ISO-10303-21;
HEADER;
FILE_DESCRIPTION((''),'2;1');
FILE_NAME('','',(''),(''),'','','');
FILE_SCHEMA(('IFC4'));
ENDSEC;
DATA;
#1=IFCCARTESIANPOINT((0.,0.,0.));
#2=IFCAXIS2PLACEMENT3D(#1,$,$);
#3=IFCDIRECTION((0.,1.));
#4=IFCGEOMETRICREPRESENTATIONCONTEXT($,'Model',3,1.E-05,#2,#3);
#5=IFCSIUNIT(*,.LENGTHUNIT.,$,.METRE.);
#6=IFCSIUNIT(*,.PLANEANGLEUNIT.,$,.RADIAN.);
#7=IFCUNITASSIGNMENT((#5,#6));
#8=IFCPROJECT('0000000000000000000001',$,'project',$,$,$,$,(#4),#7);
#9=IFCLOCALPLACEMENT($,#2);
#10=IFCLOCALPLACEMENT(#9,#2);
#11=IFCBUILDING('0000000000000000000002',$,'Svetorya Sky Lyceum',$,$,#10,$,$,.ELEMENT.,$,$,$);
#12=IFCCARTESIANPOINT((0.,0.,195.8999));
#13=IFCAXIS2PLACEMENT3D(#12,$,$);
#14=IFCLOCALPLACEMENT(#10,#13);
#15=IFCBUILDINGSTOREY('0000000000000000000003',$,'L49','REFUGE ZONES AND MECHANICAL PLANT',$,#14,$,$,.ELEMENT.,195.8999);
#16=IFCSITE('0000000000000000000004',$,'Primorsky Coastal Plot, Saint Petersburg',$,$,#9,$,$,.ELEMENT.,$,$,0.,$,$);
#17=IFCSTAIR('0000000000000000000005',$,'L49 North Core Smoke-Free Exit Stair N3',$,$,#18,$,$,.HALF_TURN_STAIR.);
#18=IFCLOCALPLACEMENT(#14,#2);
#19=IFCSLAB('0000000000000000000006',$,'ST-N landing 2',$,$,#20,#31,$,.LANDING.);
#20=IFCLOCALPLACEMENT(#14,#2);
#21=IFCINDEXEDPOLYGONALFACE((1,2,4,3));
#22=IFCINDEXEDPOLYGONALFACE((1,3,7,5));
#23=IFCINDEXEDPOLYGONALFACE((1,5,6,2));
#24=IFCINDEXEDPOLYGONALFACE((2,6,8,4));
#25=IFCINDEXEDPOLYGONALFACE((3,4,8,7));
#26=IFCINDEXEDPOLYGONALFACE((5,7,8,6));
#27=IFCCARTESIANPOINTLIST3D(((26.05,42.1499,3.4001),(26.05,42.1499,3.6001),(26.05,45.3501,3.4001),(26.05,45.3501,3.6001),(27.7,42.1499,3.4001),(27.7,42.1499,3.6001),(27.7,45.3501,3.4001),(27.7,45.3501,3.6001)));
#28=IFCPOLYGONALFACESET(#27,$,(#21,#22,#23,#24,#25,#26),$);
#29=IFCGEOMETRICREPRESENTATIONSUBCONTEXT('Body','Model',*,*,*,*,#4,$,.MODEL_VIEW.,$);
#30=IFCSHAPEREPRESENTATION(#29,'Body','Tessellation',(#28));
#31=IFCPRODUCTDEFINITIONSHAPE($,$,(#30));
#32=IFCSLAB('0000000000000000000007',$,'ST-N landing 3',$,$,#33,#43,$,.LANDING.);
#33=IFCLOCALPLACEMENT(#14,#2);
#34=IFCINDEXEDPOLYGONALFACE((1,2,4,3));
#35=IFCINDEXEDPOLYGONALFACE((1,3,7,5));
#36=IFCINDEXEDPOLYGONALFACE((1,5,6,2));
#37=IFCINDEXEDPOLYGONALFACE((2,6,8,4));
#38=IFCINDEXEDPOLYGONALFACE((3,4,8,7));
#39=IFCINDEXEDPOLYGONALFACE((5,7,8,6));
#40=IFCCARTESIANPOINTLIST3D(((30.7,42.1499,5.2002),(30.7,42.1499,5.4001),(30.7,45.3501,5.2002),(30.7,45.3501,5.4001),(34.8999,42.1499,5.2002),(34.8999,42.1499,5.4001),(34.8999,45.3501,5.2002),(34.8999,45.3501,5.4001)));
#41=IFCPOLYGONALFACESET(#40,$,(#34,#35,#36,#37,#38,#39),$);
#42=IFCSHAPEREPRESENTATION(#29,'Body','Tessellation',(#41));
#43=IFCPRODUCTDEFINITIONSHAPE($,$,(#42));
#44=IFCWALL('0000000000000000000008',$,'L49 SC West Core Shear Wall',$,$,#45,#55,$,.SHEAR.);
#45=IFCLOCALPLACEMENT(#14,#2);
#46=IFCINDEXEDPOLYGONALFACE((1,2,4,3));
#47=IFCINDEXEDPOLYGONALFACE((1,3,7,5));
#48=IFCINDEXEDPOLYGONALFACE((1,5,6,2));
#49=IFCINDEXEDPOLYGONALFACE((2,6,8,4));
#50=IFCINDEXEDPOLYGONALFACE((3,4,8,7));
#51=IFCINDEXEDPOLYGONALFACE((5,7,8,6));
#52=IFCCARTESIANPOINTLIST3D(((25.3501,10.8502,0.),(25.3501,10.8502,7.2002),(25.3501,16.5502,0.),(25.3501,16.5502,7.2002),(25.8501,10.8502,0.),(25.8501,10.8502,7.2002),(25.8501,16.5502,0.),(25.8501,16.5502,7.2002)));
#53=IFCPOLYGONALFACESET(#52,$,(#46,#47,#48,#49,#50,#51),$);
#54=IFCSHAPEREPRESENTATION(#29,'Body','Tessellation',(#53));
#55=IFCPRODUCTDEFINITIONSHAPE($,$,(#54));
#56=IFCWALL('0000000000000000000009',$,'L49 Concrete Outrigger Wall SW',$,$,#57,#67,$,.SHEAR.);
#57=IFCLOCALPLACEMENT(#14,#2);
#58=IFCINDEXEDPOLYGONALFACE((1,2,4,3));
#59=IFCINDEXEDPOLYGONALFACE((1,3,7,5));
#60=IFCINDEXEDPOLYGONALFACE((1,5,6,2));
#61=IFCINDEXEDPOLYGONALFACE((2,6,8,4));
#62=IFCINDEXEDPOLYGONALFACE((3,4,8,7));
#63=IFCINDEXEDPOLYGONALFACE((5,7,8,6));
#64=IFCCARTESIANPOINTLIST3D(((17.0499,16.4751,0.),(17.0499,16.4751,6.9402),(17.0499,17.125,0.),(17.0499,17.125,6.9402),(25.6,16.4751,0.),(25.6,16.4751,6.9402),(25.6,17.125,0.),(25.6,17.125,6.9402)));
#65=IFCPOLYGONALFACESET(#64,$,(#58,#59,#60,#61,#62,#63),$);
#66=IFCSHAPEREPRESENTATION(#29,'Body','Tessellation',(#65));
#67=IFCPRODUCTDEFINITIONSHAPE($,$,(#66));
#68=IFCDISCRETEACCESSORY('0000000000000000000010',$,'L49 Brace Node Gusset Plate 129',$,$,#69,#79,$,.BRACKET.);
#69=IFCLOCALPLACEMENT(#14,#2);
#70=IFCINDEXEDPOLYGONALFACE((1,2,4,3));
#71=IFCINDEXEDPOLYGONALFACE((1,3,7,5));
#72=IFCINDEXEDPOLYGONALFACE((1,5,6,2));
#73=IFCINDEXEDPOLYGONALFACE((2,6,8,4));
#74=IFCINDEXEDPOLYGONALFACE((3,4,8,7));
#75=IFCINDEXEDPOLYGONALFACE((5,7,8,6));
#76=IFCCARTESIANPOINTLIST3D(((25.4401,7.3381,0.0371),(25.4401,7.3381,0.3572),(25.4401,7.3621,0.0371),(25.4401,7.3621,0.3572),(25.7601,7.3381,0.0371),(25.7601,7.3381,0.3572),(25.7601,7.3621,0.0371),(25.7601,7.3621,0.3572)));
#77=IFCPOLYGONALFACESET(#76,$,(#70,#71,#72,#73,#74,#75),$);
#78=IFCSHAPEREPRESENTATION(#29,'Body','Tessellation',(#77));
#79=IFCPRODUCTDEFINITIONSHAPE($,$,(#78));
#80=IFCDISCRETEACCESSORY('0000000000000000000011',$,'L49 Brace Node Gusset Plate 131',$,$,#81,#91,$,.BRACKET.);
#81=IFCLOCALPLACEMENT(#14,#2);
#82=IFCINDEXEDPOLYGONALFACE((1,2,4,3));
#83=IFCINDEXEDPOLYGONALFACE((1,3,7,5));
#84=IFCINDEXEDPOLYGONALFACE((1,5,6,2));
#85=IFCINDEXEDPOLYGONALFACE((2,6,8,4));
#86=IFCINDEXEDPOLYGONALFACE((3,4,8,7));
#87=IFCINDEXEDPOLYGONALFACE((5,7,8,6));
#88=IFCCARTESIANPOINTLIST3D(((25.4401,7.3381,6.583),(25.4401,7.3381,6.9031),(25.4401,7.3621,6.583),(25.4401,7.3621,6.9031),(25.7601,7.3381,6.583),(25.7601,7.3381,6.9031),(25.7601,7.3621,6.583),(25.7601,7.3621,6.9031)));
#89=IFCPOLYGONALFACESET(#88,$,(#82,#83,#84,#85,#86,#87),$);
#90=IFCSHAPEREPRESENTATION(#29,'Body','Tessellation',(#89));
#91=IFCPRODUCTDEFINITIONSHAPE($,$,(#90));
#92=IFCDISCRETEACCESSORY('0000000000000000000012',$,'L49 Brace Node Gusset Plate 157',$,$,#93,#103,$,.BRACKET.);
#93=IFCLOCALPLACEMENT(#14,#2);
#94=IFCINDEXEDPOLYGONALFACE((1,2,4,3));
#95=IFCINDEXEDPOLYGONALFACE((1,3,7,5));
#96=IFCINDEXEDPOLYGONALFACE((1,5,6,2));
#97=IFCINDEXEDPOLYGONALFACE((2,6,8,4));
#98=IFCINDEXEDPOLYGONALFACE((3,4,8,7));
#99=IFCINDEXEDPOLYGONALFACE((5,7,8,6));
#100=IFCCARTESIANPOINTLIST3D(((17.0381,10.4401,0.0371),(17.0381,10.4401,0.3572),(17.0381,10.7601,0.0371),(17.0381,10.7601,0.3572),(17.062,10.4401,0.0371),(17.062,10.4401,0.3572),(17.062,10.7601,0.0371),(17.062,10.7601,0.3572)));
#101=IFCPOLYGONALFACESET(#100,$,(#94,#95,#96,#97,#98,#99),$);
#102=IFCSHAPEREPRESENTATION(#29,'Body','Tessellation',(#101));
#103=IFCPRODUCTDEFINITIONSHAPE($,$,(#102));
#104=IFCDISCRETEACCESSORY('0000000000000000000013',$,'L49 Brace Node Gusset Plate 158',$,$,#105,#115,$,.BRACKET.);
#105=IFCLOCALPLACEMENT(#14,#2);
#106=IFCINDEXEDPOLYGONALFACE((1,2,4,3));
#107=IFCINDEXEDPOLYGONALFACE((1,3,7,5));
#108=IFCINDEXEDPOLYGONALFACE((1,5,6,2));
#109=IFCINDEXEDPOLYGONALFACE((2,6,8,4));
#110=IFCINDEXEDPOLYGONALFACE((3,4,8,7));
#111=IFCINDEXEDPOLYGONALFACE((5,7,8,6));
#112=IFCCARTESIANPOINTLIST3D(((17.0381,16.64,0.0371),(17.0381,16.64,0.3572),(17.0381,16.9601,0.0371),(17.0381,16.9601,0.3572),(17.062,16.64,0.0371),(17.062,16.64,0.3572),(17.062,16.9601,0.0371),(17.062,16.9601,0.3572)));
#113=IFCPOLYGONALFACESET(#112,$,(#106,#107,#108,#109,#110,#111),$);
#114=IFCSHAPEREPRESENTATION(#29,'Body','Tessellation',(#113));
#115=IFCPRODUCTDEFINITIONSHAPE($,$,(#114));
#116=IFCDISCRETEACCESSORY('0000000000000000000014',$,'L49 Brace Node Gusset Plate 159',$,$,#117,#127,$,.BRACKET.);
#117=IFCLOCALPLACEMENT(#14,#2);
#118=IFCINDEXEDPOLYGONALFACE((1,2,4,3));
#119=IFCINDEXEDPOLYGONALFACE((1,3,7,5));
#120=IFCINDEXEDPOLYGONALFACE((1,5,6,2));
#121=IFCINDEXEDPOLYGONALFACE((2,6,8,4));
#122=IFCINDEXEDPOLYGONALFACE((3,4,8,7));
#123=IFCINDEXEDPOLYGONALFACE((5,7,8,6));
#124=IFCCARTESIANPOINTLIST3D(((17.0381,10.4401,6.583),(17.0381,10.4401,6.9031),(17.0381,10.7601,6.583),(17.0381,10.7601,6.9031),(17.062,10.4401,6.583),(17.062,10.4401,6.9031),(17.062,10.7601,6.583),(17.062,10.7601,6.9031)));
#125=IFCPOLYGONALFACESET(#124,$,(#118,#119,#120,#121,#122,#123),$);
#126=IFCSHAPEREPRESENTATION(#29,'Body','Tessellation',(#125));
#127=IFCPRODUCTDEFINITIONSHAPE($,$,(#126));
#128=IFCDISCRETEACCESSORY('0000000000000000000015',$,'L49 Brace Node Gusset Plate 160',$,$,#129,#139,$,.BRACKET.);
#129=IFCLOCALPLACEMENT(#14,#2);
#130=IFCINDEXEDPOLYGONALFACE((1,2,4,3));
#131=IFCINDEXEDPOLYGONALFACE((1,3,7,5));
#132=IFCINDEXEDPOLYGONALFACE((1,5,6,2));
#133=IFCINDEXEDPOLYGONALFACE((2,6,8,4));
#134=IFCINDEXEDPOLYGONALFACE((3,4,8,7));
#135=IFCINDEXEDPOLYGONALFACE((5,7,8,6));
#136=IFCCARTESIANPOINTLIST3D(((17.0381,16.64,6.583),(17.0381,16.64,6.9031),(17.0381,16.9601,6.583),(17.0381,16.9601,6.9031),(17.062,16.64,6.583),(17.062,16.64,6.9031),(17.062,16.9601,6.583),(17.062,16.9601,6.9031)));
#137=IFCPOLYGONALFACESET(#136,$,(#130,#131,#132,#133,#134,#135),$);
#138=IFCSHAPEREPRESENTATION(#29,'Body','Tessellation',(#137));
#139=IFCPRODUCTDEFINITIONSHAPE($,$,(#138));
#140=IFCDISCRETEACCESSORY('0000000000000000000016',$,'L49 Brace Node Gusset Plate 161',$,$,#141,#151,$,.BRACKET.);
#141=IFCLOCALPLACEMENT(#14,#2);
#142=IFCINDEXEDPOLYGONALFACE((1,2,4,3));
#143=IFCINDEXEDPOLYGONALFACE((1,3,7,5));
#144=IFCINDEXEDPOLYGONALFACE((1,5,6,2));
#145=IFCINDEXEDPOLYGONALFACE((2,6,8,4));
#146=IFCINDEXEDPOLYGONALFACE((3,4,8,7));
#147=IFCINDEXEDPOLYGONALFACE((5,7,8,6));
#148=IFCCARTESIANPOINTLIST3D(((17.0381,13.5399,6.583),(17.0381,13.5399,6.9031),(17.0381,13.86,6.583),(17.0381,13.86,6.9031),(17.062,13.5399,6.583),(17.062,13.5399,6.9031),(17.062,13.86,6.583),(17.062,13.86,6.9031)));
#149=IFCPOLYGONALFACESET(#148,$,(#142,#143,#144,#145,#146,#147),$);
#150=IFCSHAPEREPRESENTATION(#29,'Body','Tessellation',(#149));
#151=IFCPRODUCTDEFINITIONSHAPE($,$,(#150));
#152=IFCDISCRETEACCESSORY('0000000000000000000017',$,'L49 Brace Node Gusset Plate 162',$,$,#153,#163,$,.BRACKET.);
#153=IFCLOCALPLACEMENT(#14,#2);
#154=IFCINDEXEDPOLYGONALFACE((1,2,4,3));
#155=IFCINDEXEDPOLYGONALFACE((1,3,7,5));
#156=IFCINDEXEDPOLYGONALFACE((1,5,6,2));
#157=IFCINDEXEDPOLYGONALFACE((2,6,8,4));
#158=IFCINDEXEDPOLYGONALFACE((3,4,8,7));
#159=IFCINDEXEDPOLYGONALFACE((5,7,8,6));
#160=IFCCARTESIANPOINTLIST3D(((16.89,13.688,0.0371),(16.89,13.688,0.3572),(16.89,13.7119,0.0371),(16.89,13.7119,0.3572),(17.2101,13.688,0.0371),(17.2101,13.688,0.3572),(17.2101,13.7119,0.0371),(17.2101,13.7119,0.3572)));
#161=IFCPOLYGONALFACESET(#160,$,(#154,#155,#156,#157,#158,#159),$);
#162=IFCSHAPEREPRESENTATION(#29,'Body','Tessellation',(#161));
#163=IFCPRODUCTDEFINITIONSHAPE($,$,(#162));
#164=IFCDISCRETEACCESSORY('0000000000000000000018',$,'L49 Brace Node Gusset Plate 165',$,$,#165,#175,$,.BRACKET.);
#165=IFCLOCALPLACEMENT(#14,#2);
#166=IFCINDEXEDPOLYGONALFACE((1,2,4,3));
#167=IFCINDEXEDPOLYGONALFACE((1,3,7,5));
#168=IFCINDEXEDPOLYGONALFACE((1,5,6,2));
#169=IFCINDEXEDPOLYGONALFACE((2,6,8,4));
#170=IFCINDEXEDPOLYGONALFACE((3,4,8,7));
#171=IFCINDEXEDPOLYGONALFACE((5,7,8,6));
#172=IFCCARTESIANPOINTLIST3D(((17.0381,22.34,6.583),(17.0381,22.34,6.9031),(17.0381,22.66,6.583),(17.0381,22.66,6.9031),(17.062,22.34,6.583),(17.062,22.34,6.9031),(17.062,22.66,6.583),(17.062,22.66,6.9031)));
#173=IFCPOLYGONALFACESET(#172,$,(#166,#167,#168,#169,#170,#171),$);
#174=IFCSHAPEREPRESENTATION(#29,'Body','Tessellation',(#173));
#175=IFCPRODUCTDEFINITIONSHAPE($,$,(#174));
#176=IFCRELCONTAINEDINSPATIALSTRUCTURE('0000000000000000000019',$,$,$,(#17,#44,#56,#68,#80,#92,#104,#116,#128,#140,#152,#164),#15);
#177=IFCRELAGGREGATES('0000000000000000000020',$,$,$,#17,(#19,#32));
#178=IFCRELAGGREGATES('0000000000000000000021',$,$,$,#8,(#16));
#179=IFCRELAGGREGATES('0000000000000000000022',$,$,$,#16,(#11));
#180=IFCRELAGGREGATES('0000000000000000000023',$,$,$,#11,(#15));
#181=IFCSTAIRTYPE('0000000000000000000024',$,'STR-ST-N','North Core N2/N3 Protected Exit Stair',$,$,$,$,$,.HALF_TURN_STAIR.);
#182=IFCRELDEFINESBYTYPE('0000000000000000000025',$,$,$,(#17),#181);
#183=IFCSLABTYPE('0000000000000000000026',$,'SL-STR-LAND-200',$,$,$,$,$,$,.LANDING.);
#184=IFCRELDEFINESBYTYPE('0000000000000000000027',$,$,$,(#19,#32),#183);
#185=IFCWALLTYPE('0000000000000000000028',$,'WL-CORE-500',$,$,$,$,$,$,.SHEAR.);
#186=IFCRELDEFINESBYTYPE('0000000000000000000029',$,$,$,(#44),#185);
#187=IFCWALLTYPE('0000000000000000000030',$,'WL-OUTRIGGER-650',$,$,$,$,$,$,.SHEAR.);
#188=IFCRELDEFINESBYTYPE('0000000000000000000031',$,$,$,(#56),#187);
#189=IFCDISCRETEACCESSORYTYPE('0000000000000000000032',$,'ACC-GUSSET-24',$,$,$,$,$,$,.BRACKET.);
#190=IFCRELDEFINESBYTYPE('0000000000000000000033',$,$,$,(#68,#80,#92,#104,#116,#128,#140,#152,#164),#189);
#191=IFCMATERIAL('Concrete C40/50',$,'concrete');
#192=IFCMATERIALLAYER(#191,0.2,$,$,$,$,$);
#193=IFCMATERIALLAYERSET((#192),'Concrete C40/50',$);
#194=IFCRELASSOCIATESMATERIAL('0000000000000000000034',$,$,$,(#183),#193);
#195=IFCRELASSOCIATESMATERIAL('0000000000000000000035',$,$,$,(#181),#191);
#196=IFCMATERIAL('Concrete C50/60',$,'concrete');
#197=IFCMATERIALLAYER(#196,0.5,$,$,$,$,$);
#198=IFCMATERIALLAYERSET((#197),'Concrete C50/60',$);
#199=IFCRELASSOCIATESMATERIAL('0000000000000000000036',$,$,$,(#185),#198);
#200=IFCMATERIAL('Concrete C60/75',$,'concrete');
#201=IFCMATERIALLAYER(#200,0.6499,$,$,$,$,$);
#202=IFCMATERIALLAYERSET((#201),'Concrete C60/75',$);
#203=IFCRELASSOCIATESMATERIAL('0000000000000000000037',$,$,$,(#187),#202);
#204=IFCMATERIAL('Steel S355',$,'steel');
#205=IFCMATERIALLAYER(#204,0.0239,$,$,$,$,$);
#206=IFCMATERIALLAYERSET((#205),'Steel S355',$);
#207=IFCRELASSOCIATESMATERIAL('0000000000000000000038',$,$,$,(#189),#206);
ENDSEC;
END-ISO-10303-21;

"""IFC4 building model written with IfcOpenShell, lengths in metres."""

from ifc_helpers import new_model, si_unit, direction, frame, frame_2d, origin, origin_2d, place, context, subcontext, project, spatial, polyline, rectangle, outline, extrude, material, layer, layer_set, type_object, element, aggregate, save


model = new_model("IFC4")

# Units and contexts
model_context = context("Model", 3, precision=1e-05, world=origin(), true_north=direction((0.0, 1.0)))
body_context = subcontext(model_context, "Body", "Model", "MODEL_VIEW")
ifc_project = project(units=[si_unit("LENGTHUNIT", "METRE"), si_unit("PLANEANGLEUNIT", "RADIAN")], contexts=[model_context])

# Site, building, storey
site_placement = place(None, origin())
site = spatial("IfcSite", under=ifc_project, at=site_placement, Name="Primorsky Coastal Plot, Saint Petersburg", CompositionType="ELEMENT", RefElevation=0.0)
building_placement = place(site_placement, origin())
building = spatial("IfcBuilding", under=site, at=building_placement, Name="Svetorya Sky Lyceum", CompositionType="ELEMENT")
storey_placement = place(building_placement, frame((0.0, 0.0, 195.8999)))
storey = spatial("IfcBuildingStorey", under=building, at=storey_placement, Name="L49", Description="REFUGE ZONES AND MECHANICAL PLANT", CompositionType="ELEMENT", Elevation=195.8999)

# Shared definitions
ifc_material_1 = material(Name="Concrete C50/60", Category="concrete")

# Shared definitions
ifc_material_2 = material(Name="Steel S355", Category="steel")

# Stair, slabs
ifc_material_3 = material(Name="Concrete C40/50", Category="concrete")
ifc_layer_1 = layer(ifc_material_3, 0.2)
ifc_layer_set_1 = layer_set([ifc_layer_1], Name="Concrete C40/50")
slab_type_1 = type_object("IfcSlabType", Name="SL-STR-LAND-200", PredefinedType="LANDING", material=ifc_layer_set_1)
stair_type_1 = type_object("IfcStairType", Name="STR-ST-N", Description="North Core N2/N3 Protected Exit Stair", PredefinedType="HALF_TURN_STAIR", material=ifc_material_3)
stair_1_placement = place(storey_placement, origin())
stair_1 = element("IfcStair", 1, at=stair_1_placement, inside=storey, type_object=stair_type_1, Name="L49 North Core Smoke-Free Exit Stair N3", PredefinedType="HALF_TURN_STAIR")
slab_1_placement = place(storey_placement, frame((0.0, 0.0, 3.4001)))
slab_1 = element("IfcSlab", 2, at=slab_1_placement, type_object=slab_type_1, Name="ST-N landing 2", PredefinedType="LANDING", context=body_context, shape_type="SweptSolid", body=[
    extrude(outline(polyline([(26.05, 42.1499), (27.7, 42.1499), (27.7, 45.3501), (26.05, 45.3501), (26.05, 42.1499)])), origin(), (0.0, 0.0, 1.0), 0.2),
])
slab_2_placement = place(storey_placement, frame((0.0, 0.0, 5.2002)))
slab_2 = element("IfcSlab", 3, at=slab_2_placement, type_object=slab_type_1, Name="ST-N landing 3", PredefinedType="LANDING", context=body_context, shape_type="SweptSolid", body=[
    extrude(outline(polyline([(30.7, 42.1499), (34.8999, 42.1499), (34.8999, 45.3501), (30.7, 45.3501), (30.7, 42.1499)])), origin(), (0.0, 0.0, 1.0), 0.2),
])
aggregate(stair_1, [slab_1, slab_2])

# Walls
ifc_layer_2 = layer(ifc_material_1, 0.5)
ifc_layer_set_2 = layer_set([ifc_layer_2], Name="Concrete C50/60")
wall_type_1 = type_object("IfcWallType", Name="WL-CORE-500", PredefinedType="SHEAR", material=ifc_layer_set_2)
wall_1_placement = place(storey_placement, frame((25.6001, 10.8501, 0.0), z_axis=(0.0, 0.0, 1.0), x_axis=(0.0, 1.0, 0.0)))
element("IfcWall", 4, at=wall_1_placement, inside=storey, type_object=wall_type_1, Name="L49 SC West Core Shear Wall", PredefinedType="SHEAR", context=body_context, shape_type="SweptSolid", body=[
    extrude(rectangle(XDim=5.7, YDim=0.5, at=frame_2d((2.8501, 0.0))), origin(), (0.0, 0.0, 1.0), 7.2002),
])
ifc_material_4 = material(Name="Concrete C60/75", Category="concrete")
ifc_layer_3 = layer(ifc_material_4, 0.6499)
ifc_layer_set_3 = layer_set([ifc_layer_3], Name="Concrete C60/75")
wall_type_2 = type_object("IfcWallType", Name="WL-OUTRIGGER-650", PredefinedType="SHEAR", material=ifc_layer_set_3)
wall_2_placement = place(storey_placement, frame((17.05, 16.8, 0.0), z_axis=(0.0, 0.0, 1.0), x_axis=(1.0, 0.0, 0.0)))
element("IfcWall", 5, at=wall_2_placement, inside=storey, type_object=wall_type_2, Name="L49 Concrete Outrigger Wall SW", PredefinedType="SHEAR", context=body_context, shape_type="SweptSolid", body=[
    extrude(rectangle(XDim=8.55, YDim=0.6499, at=frame_2d((4.2749, 0.0))), origin(), (0.0, 0.0, 1.0), 6.9402),
])

# Discrete accessories
ifc_layer_4 = layer(ifc_material_2, 0.0239)
ifc_layer_set_4 = layer_set([ifc_layer_4], Name="Steel S355")
discrete_accessory_type = type_object("IfcDiscreteAccessoryType", Name="ACC-GUSSET-24", PredefinedType="BRACKET", material=ifc_layer_set_4)
for number, where, z_axis, x_axis, name in (
    (6, (25.6001, 7.3501, 0.0371), (0.0, 0.0, 1.0), (1.0, 0.0, 0.0), "L49 Brace Node Gusset Plate 129"),
    (7, (25.6001, 7.3501, 6.583), (0.0, 0.0, 1.0), (1.0, 0.0, 0.0), "L49 Brace Node Gusset Plate 131"),
):
    element("IfcDiscreteAccessory", number, at=place(storey_placement, frame(where, z_axis=z_axis, x_axis=x_axis)), inside=storey, type_object=discrete_accessory_type, Name=name, PredefinedType="BRACKET", context=body_context, shape_type="SweptSolid", body=[
        extrude(rectangle(XDim=0.3201, YDim=0.0239, at=origin_2d()), origin(), (0.0, 0.0, 1.0), 0.3201),
    ])
for number, where, z_axis, x_axis, name in (
    (8, (17.05, 10.6001, 0.0371), (0.0, 0.0, 1.0), (1.0, 0.0, 0.0), "L49 Brace Node Gusset Plate 157"),
    (9, (17.05, 16.8, 0.0371), (0.0, 0.0, 1.0), (1.0, 0.0, 0.0), "L49 Brace Node Gusset Plate 158"),
    (10, (17.05, 10.6001, 6.583), (0.0, 0.0, 1.0), (1.0, 0.0, 0.0), "L49 Brace Node Gusset Plate 159"),
    (11, (17.05, 16.8, 6.583), (0.0, 0.0, 1.0), (1.0, 0.0, 0.0), "L49 Brace Node Gusset Plate 160"),
    (12, (17.05, 13.7, 6.583), (0.0, 0.0, 1.0), (1.0, 0.0, 0.0), "L49 Brace Node Gusset Plate 161"),
):
    element("IfcDiscreteAccessory", number, at=place(storey_placement, frame(where, z_axis=z_axis, x_axis=x_axis)), inside=storey, type_object=discrete_accessory_type, Name=name, PredefinedType="BRACKET", context=body_context, shape_type="SweptSolid", body=[
        extrude(rectangle(XDim=0.0239, YDim=0.3201, at=origin_2d()), origin(), (0.0, 0.0, 1.0), 0.3201),
    ])
discrete_accessory_1_placement = place(storey_placement, frame((17.05, 13.7, 0.0371), z_axis=(0.0, 0.0, 1.0), x_axis=(1.0, 0.0, 0.0)))
element("IfcDiscreteAccessory", 13, at=discrete_accessory_1_placement, inside=storey, type_object=discrete_accessory_type, Name="L49 Brace Node Gusset Plate 162", PredefinedType="BRACKET", context=body_context, shape_type="SweptSolid", body=[
    extrude(rectangle(XDim=0.3201, YDim=0.0239, at=origin_2d()), origin(), (0.0, 0.0, 1.0), 0.3201),
])
discrete_accessory_2_placement = place(storey_placement, frame((17.05, 22.5, 6.583), z_axis=(0.0, 0.0, 1.0), x_axis=(1.0, 0.0, 0.0)))
element("IfcDiscreteAccessory", 14, at=discrete_accessory_2_placement, inside=storey, type_object=discrete_accessory_type, Name="L49 Brace Node Gusset Plate 165", PredefinedType="BRACKET", context=body_context, shape_type="SweptSolid", body=[
    extrude(rectangle(XDim=0.0239, YDim=0.3201, at=origin_2d()), origin(), (0.0, 0.0, 1.0), 0.3201),
])

save(model, "model.ifc")
